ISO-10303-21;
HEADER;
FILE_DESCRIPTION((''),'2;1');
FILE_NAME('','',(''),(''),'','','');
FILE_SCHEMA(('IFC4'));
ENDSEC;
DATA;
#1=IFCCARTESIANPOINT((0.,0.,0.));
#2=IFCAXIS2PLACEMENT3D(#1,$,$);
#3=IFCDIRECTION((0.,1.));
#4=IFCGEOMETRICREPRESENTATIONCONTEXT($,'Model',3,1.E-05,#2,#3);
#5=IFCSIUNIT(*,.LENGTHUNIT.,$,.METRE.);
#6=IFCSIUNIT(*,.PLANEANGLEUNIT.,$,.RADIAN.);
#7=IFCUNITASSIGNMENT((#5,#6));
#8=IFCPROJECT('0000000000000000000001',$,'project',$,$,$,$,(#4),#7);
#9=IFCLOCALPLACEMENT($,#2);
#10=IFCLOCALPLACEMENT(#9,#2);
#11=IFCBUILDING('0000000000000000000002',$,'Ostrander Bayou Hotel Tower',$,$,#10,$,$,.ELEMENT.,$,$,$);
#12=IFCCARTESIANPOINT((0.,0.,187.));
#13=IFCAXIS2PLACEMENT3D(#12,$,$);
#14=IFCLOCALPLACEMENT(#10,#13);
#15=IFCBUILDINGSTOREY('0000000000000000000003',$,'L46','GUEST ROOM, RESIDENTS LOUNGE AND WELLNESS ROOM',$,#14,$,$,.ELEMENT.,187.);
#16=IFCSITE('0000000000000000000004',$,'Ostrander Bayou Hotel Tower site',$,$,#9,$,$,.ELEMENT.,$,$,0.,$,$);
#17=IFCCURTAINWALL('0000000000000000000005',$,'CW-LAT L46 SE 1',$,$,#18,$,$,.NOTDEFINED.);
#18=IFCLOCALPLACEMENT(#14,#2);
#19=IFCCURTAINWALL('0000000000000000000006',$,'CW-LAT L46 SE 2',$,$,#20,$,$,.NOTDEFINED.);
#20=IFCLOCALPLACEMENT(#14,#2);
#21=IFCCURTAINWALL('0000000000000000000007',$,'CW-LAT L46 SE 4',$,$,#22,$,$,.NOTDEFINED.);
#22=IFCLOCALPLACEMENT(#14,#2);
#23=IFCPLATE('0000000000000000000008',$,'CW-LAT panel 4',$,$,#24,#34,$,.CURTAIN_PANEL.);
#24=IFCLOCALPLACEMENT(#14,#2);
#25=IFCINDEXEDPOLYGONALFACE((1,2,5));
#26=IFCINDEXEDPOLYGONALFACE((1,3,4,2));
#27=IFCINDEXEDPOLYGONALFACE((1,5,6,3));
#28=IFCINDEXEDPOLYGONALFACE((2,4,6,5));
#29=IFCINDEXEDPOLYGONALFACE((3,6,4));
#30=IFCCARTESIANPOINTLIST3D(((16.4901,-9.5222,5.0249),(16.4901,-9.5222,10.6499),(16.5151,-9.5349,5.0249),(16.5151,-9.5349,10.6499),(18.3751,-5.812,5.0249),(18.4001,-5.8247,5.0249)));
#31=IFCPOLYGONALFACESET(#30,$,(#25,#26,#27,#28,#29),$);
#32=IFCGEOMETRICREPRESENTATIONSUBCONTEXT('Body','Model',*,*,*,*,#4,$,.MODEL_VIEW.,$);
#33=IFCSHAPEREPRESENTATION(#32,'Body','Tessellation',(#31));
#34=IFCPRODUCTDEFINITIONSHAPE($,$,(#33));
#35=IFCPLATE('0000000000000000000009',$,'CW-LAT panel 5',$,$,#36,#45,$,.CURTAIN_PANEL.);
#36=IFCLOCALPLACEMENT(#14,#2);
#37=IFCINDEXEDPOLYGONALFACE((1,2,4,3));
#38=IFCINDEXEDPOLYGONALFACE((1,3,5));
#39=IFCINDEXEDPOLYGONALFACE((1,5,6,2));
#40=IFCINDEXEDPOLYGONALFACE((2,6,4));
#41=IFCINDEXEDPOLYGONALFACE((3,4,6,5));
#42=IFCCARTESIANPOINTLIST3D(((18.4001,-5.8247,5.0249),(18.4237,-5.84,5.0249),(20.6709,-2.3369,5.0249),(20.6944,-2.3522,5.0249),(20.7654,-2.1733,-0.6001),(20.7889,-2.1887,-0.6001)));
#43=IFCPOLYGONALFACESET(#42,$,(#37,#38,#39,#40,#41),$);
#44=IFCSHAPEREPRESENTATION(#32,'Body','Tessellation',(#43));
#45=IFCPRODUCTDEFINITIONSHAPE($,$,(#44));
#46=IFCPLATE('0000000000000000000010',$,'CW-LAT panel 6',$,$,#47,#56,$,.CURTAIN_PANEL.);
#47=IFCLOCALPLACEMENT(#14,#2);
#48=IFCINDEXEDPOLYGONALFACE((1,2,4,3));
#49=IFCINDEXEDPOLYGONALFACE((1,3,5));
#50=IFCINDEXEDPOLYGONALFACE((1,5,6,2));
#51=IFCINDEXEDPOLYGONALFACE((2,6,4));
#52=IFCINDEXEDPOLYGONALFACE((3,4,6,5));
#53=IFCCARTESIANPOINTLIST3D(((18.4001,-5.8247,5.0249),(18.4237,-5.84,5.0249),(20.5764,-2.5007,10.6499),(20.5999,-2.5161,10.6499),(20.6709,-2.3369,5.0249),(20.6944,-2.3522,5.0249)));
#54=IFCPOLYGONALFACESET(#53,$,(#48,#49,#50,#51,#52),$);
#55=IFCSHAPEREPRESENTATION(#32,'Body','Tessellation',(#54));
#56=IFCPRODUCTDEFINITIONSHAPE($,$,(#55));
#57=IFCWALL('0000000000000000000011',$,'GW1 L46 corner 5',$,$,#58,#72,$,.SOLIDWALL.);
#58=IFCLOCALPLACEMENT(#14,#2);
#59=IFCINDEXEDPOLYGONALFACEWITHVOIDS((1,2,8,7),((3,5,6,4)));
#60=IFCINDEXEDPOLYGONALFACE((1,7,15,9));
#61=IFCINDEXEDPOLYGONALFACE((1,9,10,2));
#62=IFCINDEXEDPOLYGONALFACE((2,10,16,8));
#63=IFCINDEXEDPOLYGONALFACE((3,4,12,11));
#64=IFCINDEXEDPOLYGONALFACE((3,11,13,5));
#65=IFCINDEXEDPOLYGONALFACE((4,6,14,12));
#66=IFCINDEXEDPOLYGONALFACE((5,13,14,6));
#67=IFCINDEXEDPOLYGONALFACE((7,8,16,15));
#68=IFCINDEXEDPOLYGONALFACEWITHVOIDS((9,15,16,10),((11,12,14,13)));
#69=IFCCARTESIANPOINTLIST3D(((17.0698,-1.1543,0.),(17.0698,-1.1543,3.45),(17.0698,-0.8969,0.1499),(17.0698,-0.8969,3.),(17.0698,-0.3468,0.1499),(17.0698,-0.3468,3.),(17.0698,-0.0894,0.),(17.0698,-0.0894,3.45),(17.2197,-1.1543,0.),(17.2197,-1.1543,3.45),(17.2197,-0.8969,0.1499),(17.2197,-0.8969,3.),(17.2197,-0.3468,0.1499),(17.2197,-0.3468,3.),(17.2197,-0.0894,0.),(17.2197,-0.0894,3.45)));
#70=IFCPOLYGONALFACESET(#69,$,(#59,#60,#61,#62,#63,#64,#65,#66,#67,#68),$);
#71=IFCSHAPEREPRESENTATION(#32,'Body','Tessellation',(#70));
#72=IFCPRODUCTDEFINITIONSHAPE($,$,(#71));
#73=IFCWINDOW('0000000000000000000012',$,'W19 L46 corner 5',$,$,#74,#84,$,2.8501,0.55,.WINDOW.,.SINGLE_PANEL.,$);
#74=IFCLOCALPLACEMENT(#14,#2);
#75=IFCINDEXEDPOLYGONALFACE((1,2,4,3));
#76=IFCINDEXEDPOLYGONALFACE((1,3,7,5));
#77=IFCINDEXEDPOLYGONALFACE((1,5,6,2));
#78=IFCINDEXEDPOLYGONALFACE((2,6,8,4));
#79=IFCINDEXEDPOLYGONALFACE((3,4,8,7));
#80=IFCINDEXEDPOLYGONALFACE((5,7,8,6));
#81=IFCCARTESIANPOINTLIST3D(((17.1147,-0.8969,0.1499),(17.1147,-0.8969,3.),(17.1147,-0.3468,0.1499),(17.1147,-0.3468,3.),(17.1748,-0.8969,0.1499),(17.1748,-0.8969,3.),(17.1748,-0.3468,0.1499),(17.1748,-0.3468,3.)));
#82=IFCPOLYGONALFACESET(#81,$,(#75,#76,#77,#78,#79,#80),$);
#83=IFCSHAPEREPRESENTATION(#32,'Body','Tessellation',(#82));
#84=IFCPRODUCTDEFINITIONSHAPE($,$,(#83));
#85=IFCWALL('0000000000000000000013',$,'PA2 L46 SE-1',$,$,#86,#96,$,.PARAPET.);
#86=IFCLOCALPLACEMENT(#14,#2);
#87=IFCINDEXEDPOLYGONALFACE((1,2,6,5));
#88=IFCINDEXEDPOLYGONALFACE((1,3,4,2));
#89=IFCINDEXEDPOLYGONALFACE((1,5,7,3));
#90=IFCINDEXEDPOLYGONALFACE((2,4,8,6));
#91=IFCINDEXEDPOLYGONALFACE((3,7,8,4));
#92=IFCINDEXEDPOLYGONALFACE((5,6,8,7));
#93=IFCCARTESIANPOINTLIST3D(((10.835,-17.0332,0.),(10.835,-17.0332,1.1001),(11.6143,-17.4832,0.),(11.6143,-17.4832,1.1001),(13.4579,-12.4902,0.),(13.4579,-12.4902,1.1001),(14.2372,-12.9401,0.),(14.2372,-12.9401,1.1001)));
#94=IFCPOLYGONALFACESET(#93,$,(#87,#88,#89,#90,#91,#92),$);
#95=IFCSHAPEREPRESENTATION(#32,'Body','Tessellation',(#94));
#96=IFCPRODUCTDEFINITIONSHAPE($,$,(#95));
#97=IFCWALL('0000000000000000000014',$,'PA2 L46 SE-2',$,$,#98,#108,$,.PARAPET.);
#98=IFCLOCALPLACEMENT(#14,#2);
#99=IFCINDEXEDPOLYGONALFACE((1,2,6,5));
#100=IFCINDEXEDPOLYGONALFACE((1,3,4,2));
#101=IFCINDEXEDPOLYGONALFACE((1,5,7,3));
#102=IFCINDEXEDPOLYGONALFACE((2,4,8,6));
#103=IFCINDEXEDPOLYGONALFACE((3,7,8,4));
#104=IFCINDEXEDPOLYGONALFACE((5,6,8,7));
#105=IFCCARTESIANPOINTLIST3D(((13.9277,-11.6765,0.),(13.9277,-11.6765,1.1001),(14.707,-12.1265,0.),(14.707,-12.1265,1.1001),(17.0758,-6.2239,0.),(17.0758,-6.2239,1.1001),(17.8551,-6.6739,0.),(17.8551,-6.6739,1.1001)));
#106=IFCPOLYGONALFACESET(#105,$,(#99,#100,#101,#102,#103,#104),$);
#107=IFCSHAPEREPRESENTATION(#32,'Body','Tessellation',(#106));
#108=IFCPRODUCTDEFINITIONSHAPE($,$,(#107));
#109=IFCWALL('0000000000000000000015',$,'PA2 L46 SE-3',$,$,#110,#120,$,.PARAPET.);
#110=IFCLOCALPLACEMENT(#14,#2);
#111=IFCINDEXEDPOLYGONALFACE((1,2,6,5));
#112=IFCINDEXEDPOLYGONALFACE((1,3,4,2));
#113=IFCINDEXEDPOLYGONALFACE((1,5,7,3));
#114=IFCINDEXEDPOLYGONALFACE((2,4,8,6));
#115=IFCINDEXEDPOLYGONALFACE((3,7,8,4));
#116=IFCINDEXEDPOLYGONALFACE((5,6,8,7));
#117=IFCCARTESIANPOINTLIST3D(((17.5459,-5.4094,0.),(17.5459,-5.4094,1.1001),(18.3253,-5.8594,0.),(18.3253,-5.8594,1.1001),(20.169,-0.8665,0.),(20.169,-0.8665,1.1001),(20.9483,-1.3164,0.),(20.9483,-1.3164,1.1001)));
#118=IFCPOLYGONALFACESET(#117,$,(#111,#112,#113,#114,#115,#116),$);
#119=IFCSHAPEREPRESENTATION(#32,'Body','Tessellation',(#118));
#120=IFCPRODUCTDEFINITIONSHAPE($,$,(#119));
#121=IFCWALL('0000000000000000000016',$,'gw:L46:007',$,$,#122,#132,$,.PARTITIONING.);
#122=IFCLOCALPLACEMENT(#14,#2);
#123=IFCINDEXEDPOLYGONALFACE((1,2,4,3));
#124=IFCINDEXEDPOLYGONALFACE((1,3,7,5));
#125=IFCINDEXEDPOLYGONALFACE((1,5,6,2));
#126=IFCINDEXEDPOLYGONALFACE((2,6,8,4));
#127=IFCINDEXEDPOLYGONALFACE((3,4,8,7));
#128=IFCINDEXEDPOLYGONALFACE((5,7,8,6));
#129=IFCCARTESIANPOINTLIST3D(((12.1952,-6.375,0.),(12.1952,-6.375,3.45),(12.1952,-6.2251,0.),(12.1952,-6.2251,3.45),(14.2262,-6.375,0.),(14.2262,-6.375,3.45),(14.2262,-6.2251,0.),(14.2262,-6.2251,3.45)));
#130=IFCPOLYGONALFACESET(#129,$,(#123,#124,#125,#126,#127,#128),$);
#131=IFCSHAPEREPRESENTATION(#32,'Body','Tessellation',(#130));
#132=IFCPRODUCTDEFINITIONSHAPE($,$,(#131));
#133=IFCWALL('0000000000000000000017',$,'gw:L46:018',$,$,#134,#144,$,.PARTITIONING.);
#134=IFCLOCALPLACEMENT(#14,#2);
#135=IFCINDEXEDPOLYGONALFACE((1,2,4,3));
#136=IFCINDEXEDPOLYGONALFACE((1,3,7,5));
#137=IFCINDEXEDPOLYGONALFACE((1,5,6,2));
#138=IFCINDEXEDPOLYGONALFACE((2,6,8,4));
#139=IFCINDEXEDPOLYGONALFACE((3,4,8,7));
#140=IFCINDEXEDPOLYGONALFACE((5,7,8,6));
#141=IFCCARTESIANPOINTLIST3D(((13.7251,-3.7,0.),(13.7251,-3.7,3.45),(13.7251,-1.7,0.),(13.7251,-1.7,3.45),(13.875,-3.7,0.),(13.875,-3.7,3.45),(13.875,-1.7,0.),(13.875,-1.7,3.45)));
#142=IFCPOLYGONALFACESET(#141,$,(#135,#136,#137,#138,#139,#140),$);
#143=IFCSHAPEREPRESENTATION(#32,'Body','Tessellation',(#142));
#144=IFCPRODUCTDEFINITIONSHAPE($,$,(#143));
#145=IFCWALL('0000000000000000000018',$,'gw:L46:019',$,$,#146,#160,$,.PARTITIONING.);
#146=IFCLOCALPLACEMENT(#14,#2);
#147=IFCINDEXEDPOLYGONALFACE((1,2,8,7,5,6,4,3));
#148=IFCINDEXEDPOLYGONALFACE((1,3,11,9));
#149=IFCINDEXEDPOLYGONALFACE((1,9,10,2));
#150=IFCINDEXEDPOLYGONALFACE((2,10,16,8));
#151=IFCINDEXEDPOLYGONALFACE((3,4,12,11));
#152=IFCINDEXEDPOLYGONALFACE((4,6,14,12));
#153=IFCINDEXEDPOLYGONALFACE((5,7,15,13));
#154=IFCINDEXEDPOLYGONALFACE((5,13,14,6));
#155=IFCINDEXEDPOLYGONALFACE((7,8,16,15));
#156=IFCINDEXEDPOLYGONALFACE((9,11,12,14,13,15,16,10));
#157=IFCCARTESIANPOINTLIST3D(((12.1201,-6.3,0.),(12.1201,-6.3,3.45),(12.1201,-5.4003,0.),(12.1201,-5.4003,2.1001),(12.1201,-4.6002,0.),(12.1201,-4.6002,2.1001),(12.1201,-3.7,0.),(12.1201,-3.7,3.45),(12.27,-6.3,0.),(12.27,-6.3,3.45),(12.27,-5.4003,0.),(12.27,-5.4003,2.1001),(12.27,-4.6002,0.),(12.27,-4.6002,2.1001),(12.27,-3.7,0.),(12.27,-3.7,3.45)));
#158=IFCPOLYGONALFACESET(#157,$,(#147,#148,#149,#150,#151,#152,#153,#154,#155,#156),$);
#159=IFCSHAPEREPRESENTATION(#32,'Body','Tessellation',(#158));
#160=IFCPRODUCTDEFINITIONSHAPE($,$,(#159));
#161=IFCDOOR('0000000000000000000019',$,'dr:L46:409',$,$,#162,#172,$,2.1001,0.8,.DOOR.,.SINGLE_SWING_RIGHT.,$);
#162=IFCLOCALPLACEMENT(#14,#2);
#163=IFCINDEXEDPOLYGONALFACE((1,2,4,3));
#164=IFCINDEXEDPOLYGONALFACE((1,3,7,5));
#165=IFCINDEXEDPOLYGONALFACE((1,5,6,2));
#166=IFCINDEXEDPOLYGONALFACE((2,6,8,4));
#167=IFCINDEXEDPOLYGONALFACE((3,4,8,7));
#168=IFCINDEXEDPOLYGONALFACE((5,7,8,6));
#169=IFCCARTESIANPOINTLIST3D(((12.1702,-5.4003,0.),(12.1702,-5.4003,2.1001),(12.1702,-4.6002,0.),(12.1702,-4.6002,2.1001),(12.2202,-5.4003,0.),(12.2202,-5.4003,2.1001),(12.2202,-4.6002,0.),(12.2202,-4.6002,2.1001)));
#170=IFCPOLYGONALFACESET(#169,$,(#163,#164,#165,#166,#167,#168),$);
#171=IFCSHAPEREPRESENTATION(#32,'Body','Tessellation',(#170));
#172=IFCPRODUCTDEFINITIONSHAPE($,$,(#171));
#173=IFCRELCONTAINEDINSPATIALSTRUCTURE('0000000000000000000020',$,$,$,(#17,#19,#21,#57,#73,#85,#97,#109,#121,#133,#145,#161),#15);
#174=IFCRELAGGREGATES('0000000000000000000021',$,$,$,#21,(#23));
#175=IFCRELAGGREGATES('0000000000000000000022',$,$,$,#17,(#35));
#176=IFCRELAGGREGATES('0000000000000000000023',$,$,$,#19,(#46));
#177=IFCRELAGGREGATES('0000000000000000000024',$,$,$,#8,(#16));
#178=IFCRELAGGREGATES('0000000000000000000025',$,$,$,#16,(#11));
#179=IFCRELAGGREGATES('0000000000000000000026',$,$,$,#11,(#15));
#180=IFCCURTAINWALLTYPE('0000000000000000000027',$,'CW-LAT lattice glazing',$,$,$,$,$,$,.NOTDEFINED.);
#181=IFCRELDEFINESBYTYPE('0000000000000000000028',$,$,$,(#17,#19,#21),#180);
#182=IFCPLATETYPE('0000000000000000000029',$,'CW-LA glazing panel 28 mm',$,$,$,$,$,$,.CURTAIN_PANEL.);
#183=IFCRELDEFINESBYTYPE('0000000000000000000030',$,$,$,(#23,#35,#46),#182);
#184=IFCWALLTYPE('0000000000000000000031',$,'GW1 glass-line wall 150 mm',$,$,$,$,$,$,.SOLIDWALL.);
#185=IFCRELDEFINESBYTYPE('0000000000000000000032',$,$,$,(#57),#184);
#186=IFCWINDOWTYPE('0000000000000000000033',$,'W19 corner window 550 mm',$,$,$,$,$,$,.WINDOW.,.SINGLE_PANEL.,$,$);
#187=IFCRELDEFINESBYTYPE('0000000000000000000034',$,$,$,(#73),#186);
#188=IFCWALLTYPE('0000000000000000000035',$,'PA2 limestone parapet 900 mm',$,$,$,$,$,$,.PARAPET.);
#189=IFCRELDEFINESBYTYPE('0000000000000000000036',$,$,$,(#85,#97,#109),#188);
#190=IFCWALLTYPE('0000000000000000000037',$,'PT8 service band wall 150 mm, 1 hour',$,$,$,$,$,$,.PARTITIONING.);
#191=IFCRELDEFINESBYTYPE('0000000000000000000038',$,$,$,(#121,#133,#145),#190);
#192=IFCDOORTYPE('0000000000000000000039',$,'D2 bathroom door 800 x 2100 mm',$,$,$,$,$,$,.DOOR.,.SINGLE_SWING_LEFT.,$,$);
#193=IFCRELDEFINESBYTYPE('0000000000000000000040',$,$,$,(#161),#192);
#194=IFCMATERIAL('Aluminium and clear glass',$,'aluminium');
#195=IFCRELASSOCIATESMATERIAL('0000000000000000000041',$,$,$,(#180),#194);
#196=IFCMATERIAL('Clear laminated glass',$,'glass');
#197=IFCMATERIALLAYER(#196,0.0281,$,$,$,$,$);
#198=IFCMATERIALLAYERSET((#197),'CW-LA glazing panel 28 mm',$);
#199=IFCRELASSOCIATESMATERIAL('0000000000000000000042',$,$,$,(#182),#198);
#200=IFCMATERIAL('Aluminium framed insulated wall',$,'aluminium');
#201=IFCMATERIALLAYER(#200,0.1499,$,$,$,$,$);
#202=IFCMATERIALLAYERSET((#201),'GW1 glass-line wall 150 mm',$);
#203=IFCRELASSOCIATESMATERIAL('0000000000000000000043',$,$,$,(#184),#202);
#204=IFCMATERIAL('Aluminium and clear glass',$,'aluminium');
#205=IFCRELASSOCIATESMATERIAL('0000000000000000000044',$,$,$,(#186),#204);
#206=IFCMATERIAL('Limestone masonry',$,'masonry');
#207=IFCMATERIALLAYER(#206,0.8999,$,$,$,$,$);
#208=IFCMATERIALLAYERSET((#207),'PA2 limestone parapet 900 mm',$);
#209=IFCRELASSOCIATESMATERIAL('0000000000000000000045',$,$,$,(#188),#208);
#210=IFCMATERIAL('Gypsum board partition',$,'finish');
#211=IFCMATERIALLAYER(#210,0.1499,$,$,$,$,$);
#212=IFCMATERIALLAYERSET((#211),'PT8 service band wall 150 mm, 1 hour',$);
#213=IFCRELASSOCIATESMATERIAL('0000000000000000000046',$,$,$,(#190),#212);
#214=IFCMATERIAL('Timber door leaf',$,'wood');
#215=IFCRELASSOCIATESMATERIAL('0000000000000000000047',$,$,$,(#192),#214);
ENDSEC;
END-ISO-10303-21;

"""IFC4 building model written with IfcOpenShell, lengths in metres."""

from ifc_helpers import new_model, si_unit, direction, frame, frame_2d, origin, place, context, subcontext, project, spatial, polyline, rectangle, outline, extrude, material, layer, layer_set, type_object, element, fill, aggregate, save


model = new_model("IFC4")

# Units and contexts
model_context = context("Model", 3, precision=1e-05, world=origin(), true_north=direction((0.0, 1.0)))
body_context = subcontext(model_context, "Body", "Model", "MODEL_VIEW")
ifc_project = project(units=[si_unit("LENGTHUNIT", "METRE"), si_unit("PLANEANGLEUNIT", "RADIAN")], contexts=[model_context])

# Site, building, storey
site_placement = place(None, origin())
site = spatial("IfcSite", under=ifc_project, at=site_placement, Name="Ostrander Bayou Hotel Tower site", CompositionType="ELEMENT", RefElevation=0.0)
building_placement = place(site_placement, origin())
building = spatial("IfcBuilding", under=site, at=building_placement, Name="Ostrander Bayou Hotel Tower", CompositionType="ELEMENT")
storey_placement = place(building_placement, frame((0.0, 0.0, 187.0)))
storey = spatial("IfcBuildingStorey", under=building, at=storey_placement, Name="L46", Description="GUEST ROOM, RESIDENTS LOUNGE AND WELLNESS ROOM", CompositionType="ELEMENT", Elevation=187.0)

# Curtain walls
ifc_material_1 = material(Name="Aluminium and clear glass", Category="aluminium")
curtain_wall_type = type_object("IfcCurtainWallType", Name="CW-LAT lattice glazing", PredefinedType="NOTDEFINED", material=ifc_material_1)
curtain_wall_1_placement = place(storey_placement, origin())
curtain_wall_1 = element("IfcCurtainWall", 1, at=curtain_wall_1_placement, inside=storey, type_object=curtain_wall_type, Name="CW-LAT L46 SE 1", PredefinedType="NOTDEFINED")
curtain_wall_2_placement = place(storey_placement, origin())
curtain_wall_2 = element("IfcCurtainWall", 2, at=curtain_wall_2_placement, inside=storey, type_object=curtain_wall_type, Name="CW-LAT L46 SE 2", PredefinedType="NOTDEFINED")

# Shared definitions
ifc_material_2 = material(Name="Clear laminated glass", Category="glass")
ifc_layer_1 = layer(ifc_material_2, 0.0281)
ifc_layer_set_1 = layer_set([ifc_layer_1], Name="CW-LA glazing panel 28 mm")
plate_type = type_object("IfcPlateType", Name="CW-LA glazing panel 28 mm", PredefinedType="CURTAIN_PANEL", material=ifc_layer_set_1)

# Curtain wall, plate
curtain_wall_3_placement = place(storey_placement, origin())
curtain_wall_3 = element("IfcCurtainWall", 3, at=curtain_wall_3_placement, inside=storey, type_object=curtain_wall_type, Name="CW-LAT L46 SE 4", PredefinedType="NOTDEFINED")
plate_1_placement = place(storey_placement, frame((18.4001, -5.8247, 5.0249), z_axis=(0.891534, -0.452954, 0.0), x_axis=(-0.269398, -0.530248, 0.803904)))
plate_1 = element("IfcPlate", 4, at=plate_1_placement, type_object=plate_type, Name="CW-LAT panel 4", PredefinedType="CURTAIN_PANEL", context=body_context, shape_type="SweptSolid", body=[
    extrude(outline(polyline([(0.0, 0.0), (6.9971, 0.0), (2.4751, 3.3455), (0.0, 0.0)])), origin(), (0.0, 0.0, -1.0), 0.0281),
])
aggregate(curtain_wall_3, [plate_1])

# Plates
plate_2_placement = place(storey_placement, frame((18.4001, -5.8247, 5.0249), z_axis=(-0.838037, 0.54561, 0.00179), x_axis=(0.332613, 0.513476, -0.791019)))
plate_2 = element("IfcPlate", 5, at=plate_2_placement, type_object=plate_type, Name="CW-LAT panel 5", PredefinedType="CURTAIN_PANEL", context=body_context, shape_type="SweptSolid", body=[
    extrude(outline(polyline([(0.0, 0.0), (7.1111, 0.0), (2.5462, -3.2921), (0.0, 0.0)])), origin(), (0.0, 0.0, -1.0), 0.0281),
])
aggregate(curtain_wall_1, [plate_2])
plate_3_placement = place(storey_placement, frame((18.4001, -5.8247, 5.0249), z_axis=(-0.838037, 0.54561, 0.001814), x_axis=(0.316014, 0.482671, 0.816801)))
plate_3 = element("IfcPlate", 6, at=plate_3_placement, type_object=plate_type, Name="CW-LAT panel 6", PredefinedType="CURTAIN_PANEL", context=body_context, shape_type="SweptSolid", body=[
    extrude(outline(polyline([(0.0, 0.0), (6.8866, 0.0), (2.401, 3.3994), (0.0, 0.0)])), origin(), (0.0, 0.0, -1.0), 0.0281),
])
aggregate(curtain_wall_2, [plate_3])

# Wall, opening, window
ifc_material_3 = material(Name="Aluminium framed insulated wall", Category="aluminium")
ifc_layer_2 = layer(ifc_material_3, 0.1499)
ifc_layer_set_2 = layer_set([ifc_layer_2], Name="GW1 glass-line wall 150 mm")
wall_type_1 = type_object("IfcWallType", Name="GW1 glass-line wall 150 mm", PredefinedType="SOLIDWALL", material=ifc_layer_set_2)
wall_1_placement = place(storey_placement, frame((17.1448, -1.1543, 0.0), z_axis=(0.0, 0.0, 1.0), x_axis=(0.0, 1.0, 0.0)))
wall_1 = element("IfcWall", 7, at=wall_1_placement, inside=storey, type_object=wall_type_1, Name="GW1 L46 corner 5", PredefinedType="SOLIDWALL", context=body_context, shape_type="SweptSolid", body=[
    extrude(rectangle(XDim=1.0649, YDim=0.1499, at=frame_2d((0.5325, 0.0))), origin(), (0.0, 0.0, 1.0), 3.45),
])
opening_1_placement = place(wall_1_placement, frame((0.2576, 0.0, 0.1499)))
opening_1 = element("IfcOpeningElement", 8, at=opening_1_placement, cuts=wall_1, PredefinedType="OPENING", context=body_context, shape_type="SweptSolid", body=[
    extrude(rectangle(XDim=0.55, YDim=2.8501, at=frame_2d((0.2749, 1.425))), frame((0.0, 0.075, 0.0), z_axis=(0.0, -1.0, 0.0), x_axis=(1.0, 0.0, 0.0)), (0.0, 0.0, 1.0), 0.1499),
])
ifc_material_4 = material(Name="Aluminium and clear glass", Category="aluminium")
window_type = type_object("IfcWindowType", Name="W19 corner window 550 mm", PartitioningType="SINGLE_PANEL", PredefinedType="WINDOW", material=ifc_material_4)
window_placement = place(opening_1_placement, origin())
window = element("IfcWindow", 9, at=window_placement, inside=storey, type_object=window_type, Name="W19 L46 corner 5", OverallHeight=2.8501, OverallWidth=0.55, PartitioningType="SINGLE_PANEL", PredefinedType="WINDOW", context=body_context, shape_type="SweptSolid", body=[
    extrude(rectangle(XDim=0.55, YDim=2.8501, at=frame_2d((0.2749, 1.425))), frame((0.0, 0.03, 0.0), z_axis=(0.0, -1.0, 0.0), x_axis=(1.0, 0.0, 0.0)), (0.0, 0.0, 1.0), 0.0601),
])
fill(opening_1, window)

# Walls
ifc_material_5 = material(Name="Limestone masonry", Category="masonry")
ifc_layer_3 = layer(ifc_material_5, 0.8999)
ifc_layer_set_3 = layer_set([ifc_layer_3], Name="PA2 limestone parapet 900 mm")
wall_type_2 = type_object("IfcWallType", Name="PA2 limestone parapet 900 mm", PredefinedType="PARAPET", material=ifc_layer_set_3)
wall_2_placement = place(storey_placement, frame((11.2246, -17.2583, 0.0), z_axis=(0.0, 0.0, 1.0), x_axis=(0.499988, 0.866032, 0.0)))
element("IfcWall", 10, at=wall_2_placement, inside=storey, type_object=wall_type_2, Name="PA2 L46 SE-1", PredefinedType="PARAPET", context=body_context, shape_type="SweptSolid", body=[
    extrude(rectangle(XDim=5.2458, YDim=0.8999, at=frame_2d((2.623, 0.0))), origin(), (0.0, 0.0, 1.0), 1.1001),
])
wall_3_placement = place(storey_placement, frame((14.3174, -11.9014, 0.0), z_axis=(0.0, 0.0, 1.0), x_axis=(0.500013, 0.866018, 0.0)))
element("IfcWall", 11, at=wall_3_placement, inside=storey, type_object=wall_type_2, Name="PA2 L46 SE-2", PredefinedType="PARAPET", context=body_context, shape_type="SweptSolid", body=[
    extrude(rectangle(XDim=6.2961, YDim=0.8999, at=frame_2d((3.1479, 0.0))), origin(), (0.0, 0.0, 1.0), 1.1001),
])
wall_4_placement = place(storey_placement, frame((17.9355, -5.6345, 0.0), z_axis=(0.0, 0.0, 1.0), x_axis=(0.500023, 0.866012, 0.0)))
element("IfcWall", 12, at=wall_4_placement, inside=storey, type_object=wall_type_2, Name="PA2 L46 SE-3", PredefinedType="PARAPET", context=body_context, shape_type="SweptSolid", body=[
    extrude(rectangle(XDim=5.2458, YDim=0.8999, at=frame_2d((2.623, 0.0))), origin(), (0.0, 0.0, 1.0), 1.1001),
])
ifc_material_6 = material(Name="Gypsum board partition", Category="finish")
ifc_layer_4 = layer(ifc_material_6, 0.1499)
ifc_layer_set_4 = layer_set([ifc_layer_4], Name="PT8 service band wall 150 mm, 1 hour")
wall_type_3 = type_object("IfcWallType", Name="PT8 service band wall 150 mm, 1 hour", PredefinedType="PARTITIONING", material=ifc_layer_set_4)
wall_5_placement = place(storey_placement, frame((12.1951, -6.3, 0.0), z_axis=(0.0, 0.0, 1.0), x_axis=(1.0, 0.0, 0.0)))
element("IfcWall", 13, at=wall_5_placement, inside=storey, type_object=wall_type_3, Name="gw:L46:007", PredefinedType="PARTITIONING", context=body_context, shape_type="SweptSolid", body=[
    extrude(rectangle(XDim=2.031, YDim=0.1499, at=frame_2d((1.0156, 0.0))), origin(), (0.0, 0.0, 1.0), 3.45),
])
wall_6_placement = place(storey_placement, frame((13.8, -3.7, 0.0), z_axis=(0.0, 0.0, 1.0), x_axis=(0.0, 1.0, 0.0)))
element("IfcWall", 14, at=wall_6_placement, inside=storey, type_object=wall_type_3, Name="gw:L46:018", PredefinedType="PARTITIONING", context=body_context, shape_type="SweptSolid", body=[
    extrude(rectangle(XDim=2.0, YDim=0.1499, at=frame_2d((1.0, 0.0))), origin(), (0.0, 0.0, 1.0), 3.45),
])

# Wall, opening, door
wall_7_placement = place(storey_placement, frame((12.1951, -6.3, 0.0), z_axis=(0.0, 0.0, 1.0), x_axis=(0.0, 1.0, 0.0)))
wall_7 = element("IfcWall", 15, at=wall_7_placement, inside=storey, type_object=wall_type_3, Name="gw:L46:019", PredefinedType="PARTITIONING", context=body_context, shape_type="SweptSolid", body=[
    extrude(rectangle(XDim=2.6001, YDim=0.1499, at=frame_2d((1.3, 0.0))), origin(), (0.0, 0.0, 1.0), 3.45),
])
opening_2_placement = place(wall_7_placement, frame((0.8999, 0.0, 0.0)))
opening_2 = element("IfcOpeningElement", 16, at=opening_2_placement, cuts=wall_7, PredefinedType="OPENING", context=body_context, shape_type="SweptSolid", body=[
    extrude(rectangle(XDim=0.8, YDim=2.1001, at=frame_2d((0.3999, 1.05))), frame((0.0, 0.075, 0.0), z_axis=(0.0, -1.0, 0.0), x_axis=(1.0, 0.0, 0.0)), (0.0, 0.0, 1.0), 0.1499),
])
ifc_material_7 = material(Name="Timber door leaf", Category="wood")
door_type = type_object("IfcDoorType", Name="D2 bathroom door 800 x 2100 mm", OperationType="SINGLE_SWING_LEFT", PredefinedType="DOOR", material=ifc_material_7)
door_placement = place(opening_2_placement, origin())
door = element("IfcDoor", 17, at=door_placement, inside=storey, type_object=door_type, Name="dr:L46:409", OperationType="SINGLE_SWING_RIGHT", OverallHeight=2.1001, OverallWidth=0.8, PredefinedType="DOOR", context=body_context, shape_type="SweptSolid", body=[
    extrude(rectangle(XDim=0.8, YDim=2.1001, at=frame_2d((0.3999, 1.05))), frame((0.0, 0.0249, 0.0), z_axis=(0.0, -1.0, 0.0), x_axis=(1.0, 0.0, 0.0)), (0.0, 0.0, 1.0), 0.05),
])
fill(opening_2, door)

save(model, "model.ifc")
